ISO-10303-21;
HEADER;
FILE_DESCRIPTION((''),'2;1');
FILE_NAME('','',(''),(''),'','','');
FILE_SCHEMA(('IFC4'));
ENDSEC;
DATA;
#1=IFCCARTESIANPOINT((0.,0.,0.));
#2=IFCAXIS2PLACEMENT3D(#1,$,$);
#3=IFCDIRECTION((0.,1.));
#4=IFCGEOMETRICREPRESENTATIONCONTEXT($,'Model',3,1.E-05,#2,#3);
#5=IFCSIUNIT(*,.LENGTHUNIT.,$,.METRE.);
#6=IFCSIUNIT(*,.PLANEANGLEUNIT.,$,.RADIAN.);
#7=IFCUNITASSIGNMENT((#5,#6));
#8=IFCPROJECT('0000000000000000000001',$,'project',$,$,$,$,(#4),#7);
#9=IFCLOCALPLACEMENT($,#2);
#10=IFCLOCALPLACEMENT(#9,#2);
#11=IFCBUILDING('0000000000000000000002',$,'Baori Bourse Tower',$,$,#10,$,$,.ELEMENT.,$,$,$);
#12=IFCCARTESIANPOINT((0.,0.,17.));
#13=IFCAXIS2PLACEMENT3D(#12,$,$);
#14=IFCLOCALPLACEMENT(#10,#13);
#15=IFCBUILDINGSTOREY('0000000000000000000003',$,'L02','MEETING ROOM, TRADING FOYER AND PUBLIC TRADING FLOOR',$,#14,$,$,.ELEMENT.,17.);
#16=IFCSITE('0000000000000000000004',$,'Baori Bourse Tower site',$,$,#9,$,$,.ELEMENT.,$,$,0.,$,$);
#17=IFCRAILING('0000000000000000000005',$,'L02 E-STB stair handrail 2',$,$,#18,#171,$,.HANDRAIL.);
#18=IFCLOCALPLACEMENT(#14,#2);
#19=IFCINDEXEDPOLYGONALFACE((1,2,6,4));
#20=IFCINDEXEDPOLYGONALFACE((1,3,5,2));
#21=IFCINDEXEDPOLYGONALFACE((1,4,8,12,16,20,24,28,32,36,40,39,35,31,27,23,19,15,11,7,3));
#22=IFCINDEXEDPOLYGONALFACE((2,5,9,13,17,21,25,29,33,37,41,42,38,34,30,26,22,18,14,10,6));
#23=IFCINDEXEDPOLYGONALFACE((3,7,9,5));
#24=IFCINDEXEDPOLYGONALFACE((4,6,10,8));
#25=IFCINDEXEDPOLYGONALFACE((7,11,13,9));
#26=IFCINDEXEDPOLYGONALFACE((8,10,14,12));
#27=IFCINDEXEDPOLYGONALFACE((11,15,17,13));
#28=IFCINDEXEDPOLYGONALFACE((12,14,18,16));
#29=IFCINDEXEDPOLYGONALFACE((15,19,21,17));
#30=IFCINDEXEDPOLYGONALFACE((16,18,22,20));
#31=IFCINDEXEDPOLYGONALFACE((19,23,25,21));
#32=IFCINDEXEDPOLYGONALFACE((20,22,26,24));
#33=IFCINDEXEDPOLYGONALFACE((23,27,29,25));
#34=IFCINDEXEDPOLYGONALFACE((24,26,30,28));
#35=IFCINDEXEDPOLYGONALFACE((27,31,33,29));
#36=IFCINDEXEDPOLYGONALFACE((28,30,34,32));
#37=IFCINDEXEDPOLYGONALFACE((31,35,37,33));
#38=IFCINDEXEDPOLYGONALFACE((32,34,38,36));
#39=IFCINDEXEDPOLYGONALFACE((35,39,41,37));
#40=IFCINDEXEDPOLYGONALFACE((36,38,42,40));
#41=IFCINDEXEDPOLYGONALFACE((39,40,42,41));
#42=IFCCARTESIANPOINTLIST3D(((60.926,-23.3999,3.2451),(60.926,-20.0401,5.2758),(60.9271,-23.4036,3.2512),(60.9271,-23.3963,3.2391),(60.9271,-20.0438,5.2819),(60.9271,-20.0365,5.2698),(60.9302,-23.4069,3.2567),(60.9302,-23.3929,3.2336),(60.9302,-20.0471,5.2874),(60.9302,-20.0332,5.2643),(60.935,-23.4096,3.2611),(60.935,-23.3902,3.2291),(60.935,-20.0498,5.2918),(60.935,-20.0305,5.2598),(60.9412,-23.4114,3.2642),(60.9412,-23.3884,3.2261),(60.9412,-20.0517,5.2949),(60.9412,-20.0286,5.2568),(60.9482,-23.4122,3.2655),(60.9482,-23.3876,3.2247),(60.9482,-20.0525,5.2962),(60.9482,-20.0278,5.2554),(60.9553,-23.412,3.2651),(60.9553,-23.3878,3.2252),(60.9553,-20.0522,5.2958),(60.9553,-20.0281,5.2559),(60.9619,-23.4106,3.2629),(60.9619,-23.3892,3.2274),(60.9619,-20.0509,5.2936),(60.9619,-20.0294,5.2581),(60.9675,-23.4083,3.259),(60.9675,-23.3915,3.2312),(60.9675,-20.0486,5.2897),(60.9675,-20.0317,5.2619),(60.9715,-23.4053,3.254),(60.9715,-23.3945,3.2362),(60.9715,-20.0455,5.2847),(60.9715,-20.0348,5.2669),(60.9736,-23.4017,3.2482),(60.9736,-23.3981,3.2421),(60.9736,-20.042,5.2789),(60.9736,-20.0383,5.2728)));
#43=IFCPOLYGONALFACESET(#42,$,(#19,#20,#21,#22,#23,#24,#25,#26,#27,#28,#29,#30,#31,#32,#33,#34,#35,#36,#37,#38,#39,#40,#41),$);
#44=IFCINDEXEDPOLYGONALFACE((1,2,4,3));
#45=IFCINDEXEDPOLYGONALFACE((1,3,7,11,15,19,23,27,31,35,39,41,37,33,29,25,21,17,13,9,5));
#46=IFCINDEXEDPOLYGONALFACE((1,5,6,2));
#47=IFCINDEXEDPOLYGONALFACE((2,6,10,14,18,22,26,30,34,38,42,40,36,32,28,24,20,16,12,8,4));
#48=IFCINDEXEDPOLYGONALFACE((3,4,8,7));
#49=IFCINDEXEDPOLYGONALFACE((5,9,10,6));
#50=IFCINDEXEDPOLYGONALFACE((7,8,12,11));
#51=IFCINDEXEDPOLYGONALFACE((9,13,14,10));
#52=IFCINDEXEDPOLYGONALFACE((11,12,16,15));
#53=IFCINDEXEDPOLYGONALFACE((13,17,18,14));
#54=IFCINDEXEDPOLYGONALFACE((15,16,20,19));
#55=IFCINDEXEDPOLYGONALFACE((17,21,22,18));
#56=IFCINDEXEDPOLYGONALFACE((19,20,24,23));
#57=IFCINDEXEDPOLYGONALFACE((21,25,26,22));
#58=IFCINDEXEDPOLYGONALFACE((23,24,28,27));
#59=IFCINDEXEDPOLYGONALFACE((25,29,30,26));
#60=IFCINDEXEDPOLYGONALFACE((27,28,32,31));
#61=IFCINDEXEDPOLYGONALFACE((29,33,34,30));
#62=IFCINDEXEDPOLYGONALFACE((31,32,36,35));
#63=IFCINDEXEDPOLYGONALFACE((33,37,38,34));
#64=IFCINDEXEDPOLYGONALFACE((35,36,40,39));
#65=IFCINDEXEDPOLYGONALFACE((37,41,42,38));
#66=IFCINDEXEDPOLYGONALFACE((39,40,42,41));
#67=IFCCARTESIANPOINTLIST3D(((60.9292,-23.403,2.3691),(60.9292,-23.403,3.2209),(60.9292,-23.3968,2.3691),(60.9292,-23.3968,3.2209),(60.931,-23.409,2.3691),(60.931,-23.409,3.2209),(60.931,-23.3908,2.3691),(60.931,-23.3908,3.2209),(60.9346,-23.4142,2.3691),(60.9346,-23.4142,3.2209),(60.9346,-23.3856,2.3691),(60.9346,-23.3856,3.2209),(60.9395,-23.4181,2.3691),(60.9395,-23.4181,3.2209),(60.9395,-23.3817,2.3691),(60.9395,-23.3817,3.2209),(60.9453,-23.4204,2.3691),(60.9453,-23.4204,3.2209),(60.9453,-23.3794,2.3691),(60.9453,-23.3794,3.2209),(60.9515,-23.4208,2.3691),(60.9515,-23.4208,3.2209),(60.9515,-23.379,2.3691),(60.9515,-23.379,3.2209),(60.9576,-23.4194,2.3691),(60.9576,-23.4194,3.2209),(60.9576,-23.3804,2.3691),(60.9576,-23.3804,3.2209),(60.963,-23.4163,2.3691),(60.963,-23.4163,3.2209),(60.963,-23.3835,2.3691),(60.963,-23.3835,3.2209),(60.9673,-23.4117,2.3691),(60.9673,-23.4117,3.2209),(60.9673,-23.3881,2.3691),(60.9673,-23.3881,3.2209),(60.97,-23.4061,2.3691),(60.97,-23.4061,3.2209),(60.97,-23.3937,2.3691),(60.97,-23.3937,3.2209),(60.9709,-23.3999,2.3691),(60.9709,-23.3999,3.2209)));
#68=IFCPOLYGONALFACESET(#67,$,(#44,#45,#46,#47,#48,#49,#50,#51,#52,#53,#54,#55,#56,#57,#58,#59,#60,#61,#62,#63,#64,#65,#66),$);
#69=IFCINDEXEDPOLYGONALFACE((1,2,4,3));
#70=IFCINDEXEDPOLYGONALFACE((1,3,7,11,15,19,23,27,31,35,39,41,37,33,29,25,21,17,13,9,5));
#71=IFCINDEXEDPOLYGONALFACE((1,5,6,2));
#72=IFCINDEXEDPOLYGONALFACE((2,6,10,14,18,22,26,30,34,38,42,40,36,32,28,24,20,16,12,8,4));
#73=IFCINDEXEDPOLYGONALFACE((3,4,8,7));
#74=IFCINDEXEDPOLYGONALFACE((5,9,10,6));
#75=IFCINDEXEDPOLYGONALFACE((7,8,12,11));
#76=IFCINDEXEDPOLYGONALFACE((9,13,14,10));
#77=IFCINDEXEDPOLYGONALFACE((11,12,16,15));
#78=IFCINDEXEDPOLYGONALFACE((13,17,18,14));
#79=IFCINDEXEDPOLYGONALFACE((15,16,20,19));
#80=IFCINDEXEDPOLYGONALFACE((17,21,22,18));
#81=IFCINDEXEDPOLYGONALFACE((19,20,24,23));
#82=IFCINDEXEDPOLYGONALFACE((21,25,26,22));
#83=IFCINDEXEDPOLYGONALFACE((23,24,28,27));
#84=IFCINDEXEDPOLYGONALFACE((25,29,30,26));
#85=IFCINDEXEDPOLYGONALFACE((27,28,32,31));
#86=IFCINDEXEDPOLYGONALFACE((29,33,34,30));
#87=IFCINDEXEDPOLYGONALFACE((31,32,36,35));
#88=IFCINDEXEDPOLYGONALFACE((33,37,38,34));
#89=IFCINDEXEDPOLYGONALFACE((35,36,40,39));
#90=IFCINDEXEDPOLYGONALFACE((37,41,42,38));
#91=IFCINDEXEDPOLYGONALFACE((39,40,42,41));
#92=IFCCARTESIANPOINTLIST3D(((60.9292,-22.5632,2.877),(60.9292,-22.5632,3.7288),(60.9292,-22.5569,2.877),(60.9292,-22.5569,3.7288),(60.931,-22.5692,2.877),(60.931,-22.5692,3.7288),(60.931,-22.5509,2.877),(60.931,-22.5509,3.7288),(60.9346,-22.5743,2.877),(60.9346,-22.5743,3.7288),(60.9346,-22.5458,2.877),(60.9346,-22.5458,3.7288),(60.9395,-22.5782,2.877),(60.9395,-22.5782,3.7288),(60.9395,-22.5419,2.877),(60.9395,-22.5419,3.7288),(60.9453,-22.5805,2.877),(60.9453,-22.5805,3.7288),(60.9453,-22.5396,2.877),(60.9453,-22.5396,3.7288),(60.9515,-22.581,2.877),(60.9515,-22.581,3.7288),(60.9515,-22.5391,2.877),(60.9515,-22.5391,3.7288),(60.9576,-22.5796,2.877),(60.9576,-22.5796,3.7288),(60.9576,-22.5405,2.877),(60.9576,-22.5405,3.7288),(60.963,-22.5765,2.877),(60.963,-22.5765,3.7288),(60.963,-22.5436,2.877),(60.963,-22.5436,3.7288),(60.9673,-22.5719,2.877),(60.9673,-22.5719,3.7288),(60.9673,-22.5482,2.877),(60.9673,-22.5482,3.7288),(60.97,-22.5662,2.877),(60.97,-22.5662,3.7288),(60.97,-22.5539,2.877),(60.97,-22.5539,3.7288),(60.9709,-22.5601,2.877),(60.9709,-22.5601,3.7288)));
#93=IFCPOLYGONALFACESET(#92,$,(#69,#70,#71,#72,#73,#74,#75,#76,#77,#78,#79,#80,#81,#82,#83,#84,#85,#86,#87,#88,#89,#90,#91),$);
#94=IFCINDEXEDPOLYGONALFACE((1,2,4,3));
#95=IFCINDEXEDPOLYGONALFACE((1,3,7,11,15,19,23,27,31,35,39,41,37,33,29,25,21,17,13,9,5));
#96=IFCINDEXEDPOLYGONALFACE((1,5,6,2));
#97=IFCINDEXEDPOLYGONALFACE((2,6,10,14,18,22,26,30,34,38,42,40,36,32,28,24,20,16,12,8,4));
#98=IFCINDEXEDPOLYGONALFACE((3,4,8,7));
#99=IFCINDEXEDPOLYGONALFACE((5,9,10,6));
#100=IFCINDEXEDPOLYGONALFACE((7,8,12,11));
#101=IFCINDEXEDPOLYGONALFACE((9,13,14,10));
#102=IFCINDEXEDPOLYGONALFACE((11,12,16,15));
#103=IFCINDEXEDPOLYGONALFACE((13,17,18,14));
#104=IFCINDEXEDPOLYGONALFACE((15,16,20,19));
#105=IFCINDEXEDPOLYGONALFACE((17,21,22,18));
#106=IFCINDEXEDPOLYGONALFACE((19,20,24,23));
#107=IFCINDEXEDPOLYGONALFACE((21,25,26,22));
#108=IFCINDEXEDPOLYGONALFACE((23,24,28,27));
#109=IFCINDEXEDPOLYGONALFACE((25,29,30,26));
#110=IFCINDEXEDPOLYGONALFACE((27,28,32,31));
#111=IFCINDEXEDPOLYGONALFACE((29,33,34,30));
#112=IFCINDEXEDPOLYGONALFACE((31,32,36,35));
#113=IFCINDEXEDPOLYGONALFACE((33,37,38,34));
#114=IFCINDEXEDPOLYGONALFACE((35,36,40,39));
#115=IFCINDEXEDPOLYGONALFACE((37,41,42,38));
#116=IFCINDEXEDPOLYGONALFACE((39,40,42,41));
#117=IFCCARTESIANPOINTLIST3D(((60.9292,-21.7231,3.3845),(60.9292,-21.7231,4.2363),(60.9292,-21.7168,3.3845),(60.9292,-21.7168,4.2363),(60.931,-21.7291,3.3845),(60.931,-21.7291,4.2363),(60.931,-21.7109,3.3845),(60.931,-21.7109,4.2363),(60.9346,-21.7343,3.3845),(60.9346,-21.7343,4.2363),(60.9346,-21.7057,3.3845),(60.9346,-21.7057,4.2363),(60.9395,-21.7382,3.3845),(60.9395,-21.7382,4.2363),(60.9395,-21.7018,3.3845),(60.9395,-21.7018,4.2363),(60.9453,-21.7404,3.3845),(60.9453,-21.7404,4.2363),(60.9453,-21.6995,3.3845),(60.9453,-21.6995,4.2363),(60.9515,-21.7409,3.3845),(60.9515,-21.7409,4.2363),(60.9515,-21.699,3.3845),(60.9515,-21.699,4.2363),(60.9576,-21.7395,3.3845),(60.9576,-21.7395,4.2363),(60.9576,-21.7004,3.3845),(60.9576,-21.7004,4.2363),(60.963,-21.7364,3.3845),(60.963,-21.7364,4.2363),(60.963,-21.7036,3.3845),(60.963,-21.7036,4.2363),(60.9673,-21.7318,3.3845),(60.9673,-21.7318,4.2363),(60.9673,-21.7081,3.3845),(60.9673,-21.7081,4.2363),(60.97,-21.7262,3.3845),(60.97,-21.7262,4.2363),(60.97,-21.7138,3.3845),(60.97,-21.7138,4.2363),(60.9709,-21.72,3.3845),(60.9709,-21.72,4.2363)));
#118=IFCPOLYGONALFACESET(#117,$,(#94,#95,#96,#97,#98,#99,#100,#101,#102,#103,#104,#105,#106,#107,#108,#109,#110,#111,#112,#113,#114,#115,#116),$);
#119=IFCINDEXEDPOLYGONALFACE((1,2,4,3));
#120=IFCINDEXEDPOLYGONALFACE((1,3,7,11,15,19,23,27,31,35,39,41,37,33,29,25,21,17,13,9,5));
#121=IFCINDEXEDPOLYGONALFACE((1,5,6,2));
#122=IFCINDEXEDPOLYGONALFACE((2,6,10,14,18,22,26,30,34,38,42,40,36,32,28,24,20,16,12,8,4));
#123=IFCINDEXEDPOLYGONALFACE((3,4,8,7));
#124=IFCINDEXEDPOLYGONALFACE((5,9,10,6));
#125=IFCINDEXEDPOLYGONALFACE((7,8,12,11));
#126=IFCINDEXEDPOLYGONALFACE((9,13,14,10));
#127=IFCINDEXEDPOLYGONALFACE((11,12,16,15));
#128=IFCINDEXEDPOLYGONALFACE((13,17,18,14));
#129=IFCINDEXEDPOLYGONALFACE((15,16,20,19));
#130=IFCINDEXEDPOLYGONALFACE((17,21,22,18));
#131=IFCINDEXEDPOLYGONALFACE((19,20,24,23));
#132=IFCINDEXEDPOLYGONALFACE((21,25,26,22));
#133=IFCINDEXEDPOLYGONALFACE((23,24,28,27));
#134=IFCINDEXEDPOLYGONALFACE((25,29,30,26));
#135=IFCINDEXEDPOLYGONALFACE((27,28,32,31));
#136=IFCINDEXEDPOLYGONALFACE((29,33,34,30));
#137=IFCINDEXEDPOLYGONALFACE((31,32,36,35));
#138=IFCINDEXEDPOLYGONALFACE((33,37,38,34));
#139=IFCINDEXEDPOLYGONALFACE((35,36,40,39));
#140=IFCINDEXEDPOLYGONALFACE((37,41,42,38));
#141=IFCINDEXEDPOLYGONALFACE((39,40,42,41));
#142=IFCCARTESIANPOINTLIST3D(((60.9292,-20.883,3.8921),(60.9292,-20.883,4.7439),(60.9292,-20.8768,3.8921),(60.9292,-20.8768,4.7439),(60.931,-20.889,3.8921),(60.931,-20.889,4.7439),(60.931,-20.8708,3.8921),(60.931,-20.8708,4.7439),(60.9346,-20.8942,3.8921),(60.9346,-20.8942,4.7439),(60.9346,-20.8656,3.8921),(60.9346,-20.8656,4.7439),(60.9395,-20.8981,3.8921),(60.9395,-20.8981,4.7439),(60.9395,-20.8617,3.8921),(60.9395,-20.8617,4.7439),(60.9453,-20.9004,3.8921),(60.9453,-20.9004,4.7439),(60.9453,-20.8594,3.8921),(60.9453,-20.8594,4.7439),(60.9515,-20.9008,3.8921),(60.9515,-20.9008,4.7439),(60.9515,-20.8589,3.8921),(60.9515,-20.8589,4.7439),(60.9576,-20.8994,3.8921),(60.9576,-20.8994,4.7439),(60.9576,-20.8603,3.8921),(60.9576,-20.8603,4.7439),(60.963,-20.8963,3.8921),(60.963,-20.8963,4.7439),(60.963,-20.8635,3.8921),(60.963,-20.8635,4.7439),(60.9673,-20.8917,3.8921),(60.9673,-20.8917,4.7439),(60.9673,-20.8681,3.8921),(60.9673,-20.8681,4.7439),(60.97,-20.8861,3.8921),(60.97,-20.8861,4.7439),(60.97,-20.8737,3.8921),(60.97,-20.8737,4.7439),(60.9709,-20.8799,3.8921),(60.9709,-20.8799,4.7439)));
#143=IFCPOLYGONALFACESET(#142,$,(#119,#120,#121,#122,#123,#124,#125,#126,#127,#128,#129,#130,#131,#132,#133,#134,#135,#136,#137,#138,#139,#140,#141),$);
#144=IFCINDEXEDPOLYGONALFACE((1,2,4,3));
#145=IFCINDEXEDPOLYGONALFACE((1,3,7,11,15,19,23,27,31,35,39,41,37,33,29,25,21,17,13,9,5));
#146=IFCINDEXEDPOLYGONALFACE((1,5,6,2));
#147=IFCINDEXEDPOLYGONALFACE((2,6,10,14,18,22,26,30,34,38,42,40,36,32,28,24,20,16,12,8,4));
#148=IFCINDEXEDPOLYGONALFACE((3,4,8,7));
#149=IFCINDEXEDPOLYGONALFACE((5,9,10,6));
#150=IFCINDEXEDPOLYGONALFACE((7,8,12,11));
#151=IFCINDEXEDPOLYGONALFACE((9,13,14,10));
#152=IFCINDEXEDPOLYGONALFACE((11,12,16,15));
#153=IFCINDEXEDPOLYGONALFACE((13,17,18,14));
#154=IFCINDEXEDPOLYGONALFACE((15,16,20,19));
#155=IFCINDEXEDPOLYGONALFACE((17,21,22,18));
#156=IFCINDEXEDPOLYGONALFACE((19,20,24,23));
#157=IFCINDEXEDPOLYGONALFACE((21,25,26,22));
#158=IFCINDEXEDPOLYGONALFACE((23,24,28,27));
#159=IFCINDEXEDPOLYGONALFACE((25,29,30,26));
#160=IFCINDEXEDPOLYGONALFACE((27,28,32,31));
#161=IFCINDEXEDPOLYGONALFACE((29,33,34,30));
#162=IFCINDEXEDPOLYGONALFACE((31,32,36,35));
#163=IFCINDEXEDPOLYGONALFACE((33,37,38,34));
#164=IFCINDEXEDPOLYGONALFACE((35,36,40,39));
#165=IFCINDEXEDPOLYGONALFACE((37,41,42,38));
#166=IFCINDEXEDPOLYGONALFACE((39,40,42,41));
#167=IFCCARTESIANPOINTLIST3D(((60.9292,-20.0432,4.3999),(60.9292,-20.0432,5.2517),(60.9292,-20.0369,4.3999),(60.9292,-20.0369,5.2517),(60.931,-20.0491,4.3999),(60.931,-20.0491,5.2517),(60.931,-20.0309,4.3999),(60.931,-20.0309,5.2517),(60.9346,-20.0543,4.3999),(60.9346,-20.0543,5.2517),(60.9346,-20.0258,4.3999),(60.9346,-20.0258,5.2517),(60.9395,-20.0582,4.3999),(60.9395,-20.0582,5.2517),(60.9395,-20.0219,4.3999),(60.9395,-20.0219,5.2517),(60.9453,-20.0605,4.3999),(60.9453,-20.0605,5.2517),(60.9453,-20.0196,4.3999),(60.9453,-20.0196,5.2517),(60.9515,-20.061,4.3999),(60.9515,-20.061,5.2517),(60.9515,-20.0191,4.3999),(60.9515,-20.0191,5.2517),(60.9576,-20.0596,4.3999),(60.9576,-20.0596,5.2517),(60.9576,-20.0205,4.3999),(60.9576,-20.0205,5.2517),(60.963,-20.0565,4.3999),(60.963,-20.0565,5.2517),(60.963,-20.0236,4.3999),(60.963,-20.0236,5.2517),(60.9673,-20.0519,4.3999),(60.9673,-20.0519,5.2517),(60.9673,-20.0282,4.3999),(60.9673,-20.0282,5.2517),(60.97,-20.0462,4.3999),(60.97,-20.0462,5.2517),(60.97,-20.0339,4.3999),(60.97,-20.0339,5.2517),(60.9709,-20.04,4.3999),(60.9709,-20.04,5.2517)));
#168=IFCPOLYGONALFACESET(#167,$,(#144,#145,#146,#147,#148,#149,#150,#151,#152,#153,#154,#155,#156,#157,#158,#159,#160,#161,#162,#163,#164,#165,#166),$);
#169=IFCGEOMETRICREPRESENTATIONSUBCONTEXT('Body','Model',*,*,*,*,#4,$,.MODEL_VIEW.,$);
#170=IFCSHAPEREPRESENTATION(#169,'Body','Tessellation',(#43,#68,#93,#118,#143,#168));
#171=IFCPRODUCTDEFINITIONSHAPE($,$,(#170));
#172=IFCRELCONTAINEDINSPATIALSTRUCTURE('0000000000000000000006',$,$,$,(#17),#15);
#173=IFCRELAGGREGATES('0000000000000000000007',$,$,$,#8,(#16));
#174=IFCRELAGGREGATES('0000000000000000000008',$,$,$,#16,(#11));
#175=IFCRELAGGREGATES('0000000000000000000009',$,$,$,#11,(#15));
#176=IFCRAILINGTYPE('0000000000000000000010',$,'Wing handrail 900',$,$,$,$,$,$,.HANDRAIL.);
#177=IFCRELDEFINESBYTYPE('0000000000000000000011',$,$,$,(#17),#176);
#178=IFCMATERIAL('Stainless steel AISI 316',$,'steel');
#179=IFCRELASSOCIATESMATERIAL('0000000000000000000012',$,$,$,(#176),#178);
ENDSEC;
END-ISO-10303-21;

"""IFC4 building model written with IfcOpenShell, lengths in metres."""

from ifc_helpers import new_model, si_unit, direction, frame, origin, origin_2d, place, context, subcontext, project, spatial, circle, extrude, material, type_object, element, save


model = new_model("IFC4")

# Units and contexts
model_context = context("Model", 3, precision=1e-05, world=origin(), true_north=direction((0.0, 1.0)))
body_context = subcontext(model_context, "Body", "Model", "MODEL_VIEW")
ifc_project = project(units=[si_unit("LENGTHUNIT", "METRE"), si_unit("PLANEANGLEUNIT", "RADIAN")], contexts=[model_context])

# Site, building, storey
site_placement = place(None, origin())
site = spatial("IfcSite", under=ifc_project, at=site_placement, Name="Baori Bourse Tower site", CompositionType="ELEMENT", RefElevation=0.0)
building_placement = place(site_placement, origin())
building = spatial("IfcBuilding", under=site, at=building_placement, Name="Baori Bourse Tower", CompositionType="ELEMENT")
storey_placement = place(building_placement, frame((0.0, 0.0, 17.0)))
storey = spatial("IfcBuildingStorey", under=building, at=storey_placement, Name="L02", Description="MEETING ROOM, TRADING FOYER AND PUBLIC TRADING FLOOR", CompositionType="ELEMENT", Elevation=17.0)

# Railing
ifc_material_1 = material(Name="Stainless steel AISI 316", Category="steel")
railing_type_1 = type_object("IfcRailingType", Name="Wing handrail 900", PredefinedType="HANDRAIL", material=ifc_material_1)
railing_1_placement = place(storey_placement, frame((60.95, -23.3999, 2.3691)))
element("IfcRailing", 1, at=railing_1_placement, inside=storey, type_object=railing_type_1, Name="L02 E-STB stair handrail 2", PredefinedType="HANDRAIL", context=body_context, shape_type="SweptSolid", body=[
    extrude(circle(Radius=0.0239, at=origin_2d()), frame((0.0, 0.0, 0.876), z_axis=(0.0, 0.85582, 0.517273), x_axis=(-1.0, 0.0, 0.0)), (0.0, 0.0, 1.0), 3.9258),
    extrude(circle(Radius=0.021, at=origin_2d()), origin(), (0.0, 0.0, 1.0), 0.8518),
    extrude(circle(Radius=0.021, at=origin_2d()), frame((0.0, 0.8398, 0.5078)), (0.0, 0.0, 1.0), 0.8518),
    extrude(circle(Radius=0.021, at=origin_2d()), frame((0.0, 1.6799, 1.0154)), (0.0, 0.0, 1.0), 0.8518),
    extrude(circle(Radius=0.021, at=origin_2d()), frame((0.0, 2.52, 1.5229)), (0.0, 0.0, 1.0), 0.8518),
    extrude(circle(Radius=0.021, at=origin_2d()), frame((0.0, 3.3599, 2.0308)), (0.0, 0.0, 1.0), 0.8518),
])

save(model, "model.ifc")
